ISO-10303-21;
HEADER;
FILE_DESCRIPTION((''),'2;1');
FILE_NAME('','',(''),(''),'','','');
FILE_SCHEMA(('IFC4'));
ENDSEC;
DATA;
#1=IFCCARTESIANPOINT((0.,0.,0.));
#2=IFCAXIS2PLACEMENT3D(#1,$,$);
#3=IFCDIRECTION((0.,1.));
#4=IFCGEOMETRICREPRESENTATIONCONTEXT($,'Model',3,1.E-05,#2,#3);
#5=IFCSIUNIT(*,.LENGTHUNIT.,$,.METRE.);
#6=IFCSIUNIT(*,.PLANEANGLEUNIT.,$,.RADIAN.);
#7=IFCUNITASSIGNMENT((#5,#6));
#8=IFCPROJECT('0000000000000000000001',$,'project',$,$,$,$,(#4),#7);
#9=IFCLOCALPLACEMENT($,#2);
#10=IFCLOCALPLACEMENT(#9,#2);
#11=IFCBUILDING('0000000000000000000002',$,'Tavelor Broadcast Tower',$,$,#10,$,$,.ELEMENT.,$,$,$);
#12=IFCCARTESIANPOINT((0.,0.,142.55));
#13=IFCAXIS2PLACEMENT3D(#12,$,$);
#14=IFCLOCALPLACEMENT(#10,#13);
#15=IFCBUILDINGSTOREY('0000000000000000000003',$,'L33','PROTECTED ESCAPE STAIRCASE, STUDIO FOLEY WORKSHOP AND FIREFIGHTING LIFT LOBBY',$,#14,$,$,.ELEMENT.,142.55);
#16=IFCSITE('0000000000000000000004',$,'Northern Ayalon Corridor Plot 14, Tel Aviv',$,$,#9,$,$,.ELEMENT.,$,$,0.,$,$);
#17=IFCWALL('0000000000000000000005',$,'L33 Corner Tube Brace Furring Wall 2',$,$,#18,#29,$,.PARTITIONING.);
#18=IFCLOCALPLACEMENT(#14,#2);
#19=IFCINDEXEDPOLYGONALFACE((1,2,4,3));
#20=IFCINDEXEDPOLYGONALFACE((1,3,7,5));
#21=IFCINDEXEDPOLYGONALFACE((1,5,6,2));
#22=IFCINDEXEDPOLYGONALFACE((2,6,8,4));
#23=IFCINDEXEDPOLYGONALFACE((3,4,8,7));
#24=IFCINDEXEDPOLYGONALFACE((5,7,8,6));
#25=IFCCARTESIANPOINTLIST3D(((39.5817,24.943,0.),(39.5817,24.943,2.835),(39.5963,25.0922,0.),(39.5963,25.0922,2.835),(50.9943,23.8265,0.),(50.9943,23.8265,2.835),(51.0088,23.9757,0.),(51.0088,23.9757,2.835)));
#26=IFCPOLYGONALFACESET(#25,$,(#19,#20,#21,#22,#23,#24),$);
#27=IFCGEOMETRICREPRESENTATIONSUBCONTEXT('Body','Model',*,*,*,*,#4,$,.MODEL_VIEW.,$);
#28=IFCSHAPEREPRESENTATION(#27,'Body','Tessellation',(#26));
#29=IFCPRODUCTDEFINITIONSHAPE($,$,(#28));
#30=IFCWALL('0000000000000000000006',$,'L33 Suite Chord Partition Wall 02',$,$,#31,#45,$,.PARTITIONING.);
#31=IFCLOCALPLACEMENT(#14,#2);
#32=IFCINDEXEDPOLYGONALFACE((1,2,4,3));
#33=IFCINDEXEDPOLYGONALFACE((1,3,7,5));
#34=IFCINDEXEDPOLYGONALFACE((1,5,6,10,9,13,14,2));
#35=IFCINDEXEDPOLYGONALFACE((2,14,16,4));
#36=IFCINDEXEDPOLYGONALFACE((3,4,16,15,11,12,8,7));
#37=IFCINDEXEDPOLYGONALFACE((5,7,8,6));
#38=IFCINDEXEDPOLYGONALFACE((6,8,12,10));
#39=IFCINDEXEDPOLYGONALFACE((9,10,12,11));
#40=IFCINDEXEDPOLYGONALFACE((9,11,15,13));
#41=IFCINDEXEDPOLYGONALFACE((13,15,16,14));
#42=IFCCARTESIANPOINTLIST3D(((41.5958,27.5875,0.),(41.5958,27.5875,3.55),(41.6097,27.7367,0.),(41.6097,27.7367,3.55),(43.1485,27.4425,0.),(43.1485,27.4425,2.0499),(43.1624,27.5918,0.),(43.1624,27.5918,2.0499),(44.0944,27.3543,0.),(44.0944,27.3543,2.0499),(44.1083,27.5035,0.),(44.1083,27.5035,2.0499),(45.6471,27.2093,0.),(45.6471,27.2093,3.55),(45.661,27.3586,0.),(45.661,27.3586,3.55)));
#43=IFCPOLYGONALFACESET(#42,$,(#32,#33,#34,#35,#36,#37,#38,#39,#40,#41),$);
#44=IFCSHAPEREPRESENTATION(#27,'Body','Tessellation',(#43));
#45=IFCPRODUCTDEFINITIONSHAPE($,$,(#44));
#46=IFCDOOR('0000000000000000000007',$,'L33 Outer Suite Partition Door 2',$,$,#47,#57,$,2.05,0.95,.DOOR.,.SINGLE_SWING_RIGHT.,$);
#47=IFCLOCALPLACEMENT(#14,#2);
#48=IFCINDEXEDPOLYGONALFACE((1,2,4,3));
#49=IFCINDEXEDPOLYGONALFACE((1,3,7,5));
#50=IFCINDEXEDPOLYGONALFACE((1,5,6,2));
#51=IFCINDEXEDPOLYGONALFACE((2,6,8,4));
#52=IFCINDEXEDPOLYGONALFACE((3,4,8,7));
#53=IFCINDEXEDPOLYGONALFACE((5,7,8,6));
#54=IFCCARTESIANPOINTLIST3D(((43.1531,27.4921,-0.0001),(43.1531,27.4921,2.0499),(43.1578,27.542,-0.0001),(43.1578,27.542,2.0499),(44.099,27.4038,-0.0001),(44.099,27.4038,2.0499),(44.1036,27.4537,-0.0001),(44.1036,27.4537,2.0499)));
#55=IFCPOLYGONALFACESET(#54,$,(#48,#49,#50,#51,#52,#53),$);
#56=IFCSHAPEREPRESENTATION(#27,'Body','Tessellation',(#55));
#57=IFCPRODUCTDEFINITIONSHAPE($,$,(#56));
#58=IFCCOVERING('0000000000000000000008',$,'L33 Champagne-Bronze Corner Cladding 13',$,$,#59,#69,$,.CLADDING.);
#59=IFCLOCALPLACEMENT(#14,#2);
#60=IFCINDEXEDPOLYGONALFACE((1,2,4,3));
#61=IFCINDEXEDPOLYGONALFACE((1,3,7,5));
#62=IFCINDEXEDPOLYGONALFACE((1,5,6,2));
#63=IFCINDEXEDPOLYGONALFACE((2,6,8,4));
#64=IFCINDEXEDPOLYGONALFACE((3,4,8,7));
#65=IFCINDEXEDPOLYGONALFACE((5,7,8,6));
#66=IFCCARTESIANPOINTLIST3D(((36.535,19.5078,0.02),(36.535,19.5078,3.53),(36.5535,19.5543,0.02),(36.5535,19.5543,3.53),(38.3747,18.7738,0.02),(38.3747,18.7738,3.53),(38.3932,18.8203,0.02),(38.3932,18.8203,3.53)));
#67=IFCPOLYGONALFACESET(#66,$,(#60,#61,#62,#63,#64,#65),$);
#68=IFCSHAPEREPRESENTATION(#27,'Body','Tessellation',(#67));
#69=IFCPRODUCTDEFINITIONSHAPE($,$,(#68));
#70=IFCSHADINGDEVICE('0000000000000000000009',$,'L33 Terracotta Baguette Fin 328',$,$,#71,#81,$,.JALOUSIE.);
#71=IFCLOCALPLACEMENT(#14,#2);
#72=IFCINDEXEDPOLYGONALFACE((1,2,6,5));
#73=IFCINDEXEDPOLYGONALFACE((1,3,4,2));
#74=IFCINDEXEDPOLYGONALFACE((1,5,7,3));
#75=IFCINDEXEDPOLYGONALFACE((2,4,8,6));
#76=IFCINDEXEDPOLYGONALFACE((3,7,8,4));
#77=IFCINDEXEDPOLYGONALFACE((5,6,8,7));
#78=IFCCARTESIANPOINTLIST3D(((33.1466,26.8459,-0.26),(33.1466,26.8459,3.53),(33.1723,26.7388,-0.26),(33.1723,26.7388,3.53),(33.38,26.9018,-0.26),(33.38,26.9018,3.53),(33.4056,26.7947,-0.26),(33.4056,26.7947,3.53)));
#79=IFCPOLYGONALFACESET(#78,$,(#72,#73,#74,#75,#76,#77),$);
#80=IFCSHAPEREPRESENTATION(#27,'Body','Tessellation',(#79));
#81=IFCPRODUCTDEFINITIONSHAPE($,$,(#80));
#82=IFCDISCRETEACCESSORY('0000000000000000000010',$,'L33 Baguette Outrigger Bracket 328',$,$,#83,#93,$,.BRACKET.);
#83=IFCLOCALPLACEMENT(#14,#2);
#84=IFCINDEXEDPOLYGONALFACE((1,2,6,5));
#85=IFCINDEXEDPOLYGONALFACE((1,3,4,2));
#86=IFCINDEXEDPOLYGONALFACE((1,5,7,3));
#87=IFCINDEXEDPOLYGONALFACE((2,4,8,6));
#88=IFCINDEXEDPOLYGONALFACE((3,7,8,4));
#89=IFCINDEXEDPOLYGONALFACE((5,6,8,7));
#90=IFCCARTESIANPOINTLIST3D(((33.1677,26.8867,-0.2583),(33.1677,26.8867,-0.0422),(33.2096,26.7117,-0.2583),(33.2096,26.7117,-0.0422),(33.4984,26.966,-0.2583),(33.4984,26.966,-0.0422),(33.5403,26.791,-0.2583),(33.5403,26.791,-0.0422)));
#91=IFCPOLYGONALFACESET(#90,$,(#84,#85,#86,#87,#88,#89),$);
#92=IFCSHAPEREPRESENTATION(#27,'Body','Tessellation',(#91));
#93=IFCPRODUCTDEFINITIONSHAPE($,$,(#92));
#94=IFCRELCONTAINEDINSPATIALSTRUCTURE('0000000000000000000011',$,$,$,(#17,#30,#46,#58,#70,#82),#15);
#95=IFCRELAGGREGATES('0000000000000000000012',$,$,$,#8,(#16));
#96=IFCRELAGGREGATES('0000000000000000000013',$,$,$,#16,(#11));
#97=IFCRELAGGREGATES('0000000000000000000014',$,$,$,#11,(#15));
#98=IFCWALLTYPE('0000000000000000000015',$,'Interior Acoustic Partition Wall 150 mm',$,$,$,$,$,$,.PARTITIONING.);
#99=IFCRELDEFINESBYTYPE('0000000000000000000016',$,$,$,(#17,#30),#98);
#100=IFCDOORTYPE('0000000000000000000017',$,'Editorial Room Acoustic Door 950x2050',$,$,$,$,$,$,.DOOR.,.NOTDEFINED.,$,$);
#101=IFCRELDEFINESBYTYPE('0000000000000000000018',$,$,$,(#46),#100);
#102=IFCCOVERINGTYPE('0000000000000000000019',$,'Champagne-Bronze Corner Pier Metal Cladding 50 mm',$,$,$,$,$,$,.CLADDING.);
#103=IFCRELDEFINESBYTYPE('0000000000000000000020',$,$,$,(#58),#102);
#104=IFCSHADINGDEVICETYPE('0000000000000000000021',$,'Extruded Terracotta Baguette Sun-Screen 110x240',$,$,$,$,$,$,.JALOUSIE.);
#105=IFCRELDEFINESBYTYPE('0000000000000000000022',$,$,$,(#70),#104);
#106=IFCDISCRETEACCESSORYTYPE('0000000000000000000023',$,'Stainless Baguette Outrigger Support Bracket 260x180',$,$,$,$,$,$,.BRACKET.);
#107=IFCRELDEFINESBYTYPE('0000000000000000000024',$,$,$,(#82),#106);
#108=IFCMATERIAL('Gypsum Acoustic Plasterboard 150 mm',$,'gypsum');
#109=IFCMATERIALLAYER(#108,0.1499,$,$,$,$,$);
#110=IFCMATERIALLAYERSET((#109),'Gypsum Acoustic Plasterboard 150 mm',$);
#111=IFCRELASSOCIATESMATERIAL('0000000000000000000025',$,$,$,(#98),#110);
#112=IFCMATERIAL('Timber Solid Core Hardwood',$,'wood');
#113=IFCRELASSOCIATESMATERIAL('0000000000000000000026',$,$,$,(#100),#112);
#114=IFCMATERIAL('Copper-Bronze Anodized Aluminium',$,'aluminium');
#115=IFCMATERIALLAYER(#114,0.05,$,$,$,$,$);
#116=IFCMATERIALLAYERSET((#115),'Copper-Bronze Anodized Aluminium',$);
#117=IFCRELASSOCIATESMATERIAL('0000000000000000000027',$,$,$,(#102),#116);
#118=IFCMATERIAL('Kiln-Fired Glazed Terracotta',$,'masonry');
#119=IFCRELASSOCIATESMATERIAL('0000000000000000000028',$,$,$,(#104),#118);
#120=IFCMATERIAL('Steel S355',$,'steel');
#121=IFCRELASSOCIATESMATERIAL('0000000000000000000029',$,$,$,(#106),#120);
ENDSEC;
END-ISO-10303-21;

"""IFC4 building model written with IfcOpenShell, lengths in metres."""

from ifc_helpers import new_model, si_unit, direction, frame, frame_2d, origin, origin_2d, place, context, subcontext, project, spatial, rectangle, extrude, source, transform, mapped, material, layer, layer_set, type_object, type_shapes, element, fill, save


model = new_model("IFC4")

# Units and contexts
model_context = context("Model", 3, precision=1e-05, world=origin(), true_north=direction((0.0, 1.0)))
body_context = subcontext(model_context, "Body", "Model", "MODEL_VIEW")
ifc_project = project(units=[si_unit("LENGTHUNIT", "METRE"), si_unit("PLANEANGLEUNIT", "RADIAN")], contexts=[model_context])

# Site, building, storey
site_placement = place(None, origin())
site = spatial("IfcSite", under=ifc_project, at=site_placement, Name="Northern Ayalon Corridor Plot 14, Tel Aviv", CompositionType="ELEMENT", RefElevation=0.0)
building_placement = place(site_placement, origin())
building = spatial("IfcBuilding", under=site, at=building_placement, Name="Tavelor Broadcast Tower", CompositionType="ELEMENT")
storey_placement = place(building_placement, frame((0.0, 0.0, 142.55)))
storey = spatial("IfcBuildingStorey", under=building, at=storey_placement, Name="L33", Description="PROTECTED ESCAPE STAIRCASE, STUDIO FOLEY WORKSHOP AND FIREFIGHTING LIFT LOBBY", CompositionType="ELEMENT", Elevation=142.55)

# Shared definitions
ifc_material_1 = material(Name="Steel S355", Category="steel")

# Wall
ifc_material_2 = material(Name="Gypsum Acoustic Plasterboard 150 mm", Category="gypsum")
ifc_layer_1 = layer(ifc_material_2, 0.1499)
ifc_layer_set_1 = layer_set([ifc_layer_1], Name="Gypsum Acoustic Plasterboard 150 mm")
wall_type_1 = type_object("IfcWallType", Name="Interior Acoustic Partition Wall 150 mm", PredefinedType="PARTITIONING", material=ifc_layer_set_1)
wall_1_placement = place(storey_placement, frame((39.5891, 25.0176, 0.0), z_axis=(0.0, 0.0, 1.0), x_axis=(0.995249, -0.097362, 0.0)))
element("IfcWall", 1, at=wall_1_placement, inside=storey, type_object=wall_type_1, Name="L33 Corner Tube Brace Furring Wall 2", PredefinedType="PARTITIONING", context=body_context, shape_type="SweptSolid", body=[
    extrude(rectangle(XDim=11.467, YDim=0.1499, at=frame_2d((5.7334, 0.0))), origin(), (0.0, 0.0, 1.0), 2.835),
])

# Wall, opening, door
wall_2_placement = place(storey_placement, frame((41.6028, 27.6621, 0.0), z_axis=(0.0, 0.0, 1.0), x_axis=(0.995671, -0.092943, 0.0)))
wall_2 = element("IfcWall", 2, at=wall_2_placement, inside=storey, type_object=wall_type_1, Name="L33 Suite Chord Partition Wall 02", PredefinedType="PARTITIONING", context=body_context, shape_type="SweptSolid", body=[
    extrude(rectangle(XDim=4.0688, YDim=0.1499, at=frame_2d((2.0344, 0.0))), origin(), (0.0, 0.0, 1.0), 3.55),
])
opening_placement = place(wall_2_placement, frame((1.5593, 0.0, 0.0)))
opening = element("IfcOpeningElement", 3, at=opening_placement, cuts=wall_2, PredefinedType="OPENING", context=body_context, shape_type="SweptSolid", body=[
    extrude(rectangle(XDim=0.95, YDim=2.05, at=frame_2d((0.4751, 1.0249))), frame((0.0, 0.085, 0.0), z_axis=(0.0, -1.0, 0.0), x_axis=(1.0, 0.0, 0.0)), (0.0, 0.0, 1.0), 0.1699),
])
ifc_material_3 = material(Name="Timber Solid Core Hardwood", Category="wood")
door_type = type_object("IfcDoorType", Name="Editorial Room Acoustic Door 950x2050", OperationType="NOTDEFINED", PredefinedType="DOOR", material=ifc_material_3)
door_placement = place(opening_placement, origin())
door = element("IfcDoor", 4, at=door_placement, inside=storey, type_object=door_type, Name="L33 Outer Suite Partition Door 2", OperationType="SINGLE_SWING_RIGHT", OverallHeight=2.05, OverallWidth=0.95, PredefinedType="DOOR", context=body_context, shape_type="SweptSolid", body=[
    extrude(rectangle(XDim=0.95, YDim=2.05, at=frame_2d((0.4751, 1.0249))), frame((0.0, 0.0249, 0.0), z_axis=(0.0, -1.0, 0.0), x_axis=(1.0, 0.0, 0.0)), (0.0, 0.0, 1.0), 0.05),
])
fill(opening, door)

# Covering
ifc_material_4 = material(Name="Copper-Bronze Anodized Aluminium", Category="aluminium")
ifc_layer_2 = layer(ifc_material_4, 0.05)
ifc_layer_set_2 = layer_set([ifc_layer_2], Name="Copper-Bronze Anodized Aluminium")
covering_type = type_object("IfcCoveringType", Name="Champagne-Bronze Corner Pier Metal Cladding 50 mm", PredefinedType="CLADDING", material=ifc_layer_set_2)
covering_placement = place(storey_placement, frame((37.4641, 19.1641, 0.02), z_axis=(0.0, 0.0, 1.0), x_axis=(0.92881, -0.370557, 0.0)))
element("IfcCovering", 5, at=covering_placement, inside=storey, type_object=covering_type, Name="L33 Champagne-Bronze Corner Cladding 13", PredefinedType="CLADDING", context=body_context, shape_type="SweptSolid", body=[
    extrude(rectangle(XDim=1.9807, YDim=0.05, at=origin_2d()), origin(), (0.0, 0.0, 1.0), 3.51),
])

# Shading device
ifc_material_5 = material(Name="Kiln-Fired Glazed Terracotta", Category="masonry")
shading_device_type = type_object("IfcShadingDeviceType", Name="Extruded Terracotta Baguette Sun-Screen 110x240", PredefinedType="JALOUSIE", material=ifc_material_5)
shared_shape_1 = source(origin(), body_context, "Body", "SweptSolid", [
    extrude(rectangle(XDim=0.1101, YDim=0.24, at=origin_2d()), origin(), (0.0, 0.0, 1.0), 3.79),
])
type_shapes(shading_device_type, [shared_shape_1])
shading_device_placement = place(storey_placement, frame((33.2761, 26.8203, -0.26), z_axis=(0.0, 0.0, 1.0), x_axis=(0.233106, -0.972451, 0.0)))
element("IfcShadingDevice", 6, at=shading_device_placement, inside=storey, type_object=shading_device_type, Name="L33 Terracotta Baguette Fin 328", PredefinedType="JALOUSIE", context=body_context, shape_type="MappedRepresentation", body=[
    mapped(shared_shape_1, transform((0.0, 0.0, 0.0), scale=1.0)),
])

# Discrete accessory
discrete_accessory_type = type_object("IfcDiscreteAccessoryType", Name="Stainless Baguette Outrigger Support Bracket 260x180", PredefinedType="BRACKET", material=ifc_material_1)
shared_shape_2 = source(origin(), body_context, "Body", "SweptSolid", [
    extrude(rectangle(XDim=0.1799, YDim=0.3401, at=origin_2d()), origin(), (0.0, 0.0, 1.0), 0.2161),
])
type_shapes(discrete_accessory_type, [shared_shape_2])
discrete_accessory_placement = place(storey_placement, frame((33.354, 26.8389, -0.2583), z_axis=(0.0, 0.0, 1.0), x_axis=(0.233106, -0.972451, 0.0)))
element("IfcDiscreteAccessory", 7, at=discrete_accessory_placement, inside=storey, type_object=discrete_accessory_type, Name="L33 Baguette Outrigger Bracket 328", PredefinedType="BRACKET", context=body_context, shape_type="MappedRepresentation", body=[
    mapped(shared_shape_2, transform((0.0, 0.0, 0.0), scale=1.0)),
])

save(model, "model.ifc")
